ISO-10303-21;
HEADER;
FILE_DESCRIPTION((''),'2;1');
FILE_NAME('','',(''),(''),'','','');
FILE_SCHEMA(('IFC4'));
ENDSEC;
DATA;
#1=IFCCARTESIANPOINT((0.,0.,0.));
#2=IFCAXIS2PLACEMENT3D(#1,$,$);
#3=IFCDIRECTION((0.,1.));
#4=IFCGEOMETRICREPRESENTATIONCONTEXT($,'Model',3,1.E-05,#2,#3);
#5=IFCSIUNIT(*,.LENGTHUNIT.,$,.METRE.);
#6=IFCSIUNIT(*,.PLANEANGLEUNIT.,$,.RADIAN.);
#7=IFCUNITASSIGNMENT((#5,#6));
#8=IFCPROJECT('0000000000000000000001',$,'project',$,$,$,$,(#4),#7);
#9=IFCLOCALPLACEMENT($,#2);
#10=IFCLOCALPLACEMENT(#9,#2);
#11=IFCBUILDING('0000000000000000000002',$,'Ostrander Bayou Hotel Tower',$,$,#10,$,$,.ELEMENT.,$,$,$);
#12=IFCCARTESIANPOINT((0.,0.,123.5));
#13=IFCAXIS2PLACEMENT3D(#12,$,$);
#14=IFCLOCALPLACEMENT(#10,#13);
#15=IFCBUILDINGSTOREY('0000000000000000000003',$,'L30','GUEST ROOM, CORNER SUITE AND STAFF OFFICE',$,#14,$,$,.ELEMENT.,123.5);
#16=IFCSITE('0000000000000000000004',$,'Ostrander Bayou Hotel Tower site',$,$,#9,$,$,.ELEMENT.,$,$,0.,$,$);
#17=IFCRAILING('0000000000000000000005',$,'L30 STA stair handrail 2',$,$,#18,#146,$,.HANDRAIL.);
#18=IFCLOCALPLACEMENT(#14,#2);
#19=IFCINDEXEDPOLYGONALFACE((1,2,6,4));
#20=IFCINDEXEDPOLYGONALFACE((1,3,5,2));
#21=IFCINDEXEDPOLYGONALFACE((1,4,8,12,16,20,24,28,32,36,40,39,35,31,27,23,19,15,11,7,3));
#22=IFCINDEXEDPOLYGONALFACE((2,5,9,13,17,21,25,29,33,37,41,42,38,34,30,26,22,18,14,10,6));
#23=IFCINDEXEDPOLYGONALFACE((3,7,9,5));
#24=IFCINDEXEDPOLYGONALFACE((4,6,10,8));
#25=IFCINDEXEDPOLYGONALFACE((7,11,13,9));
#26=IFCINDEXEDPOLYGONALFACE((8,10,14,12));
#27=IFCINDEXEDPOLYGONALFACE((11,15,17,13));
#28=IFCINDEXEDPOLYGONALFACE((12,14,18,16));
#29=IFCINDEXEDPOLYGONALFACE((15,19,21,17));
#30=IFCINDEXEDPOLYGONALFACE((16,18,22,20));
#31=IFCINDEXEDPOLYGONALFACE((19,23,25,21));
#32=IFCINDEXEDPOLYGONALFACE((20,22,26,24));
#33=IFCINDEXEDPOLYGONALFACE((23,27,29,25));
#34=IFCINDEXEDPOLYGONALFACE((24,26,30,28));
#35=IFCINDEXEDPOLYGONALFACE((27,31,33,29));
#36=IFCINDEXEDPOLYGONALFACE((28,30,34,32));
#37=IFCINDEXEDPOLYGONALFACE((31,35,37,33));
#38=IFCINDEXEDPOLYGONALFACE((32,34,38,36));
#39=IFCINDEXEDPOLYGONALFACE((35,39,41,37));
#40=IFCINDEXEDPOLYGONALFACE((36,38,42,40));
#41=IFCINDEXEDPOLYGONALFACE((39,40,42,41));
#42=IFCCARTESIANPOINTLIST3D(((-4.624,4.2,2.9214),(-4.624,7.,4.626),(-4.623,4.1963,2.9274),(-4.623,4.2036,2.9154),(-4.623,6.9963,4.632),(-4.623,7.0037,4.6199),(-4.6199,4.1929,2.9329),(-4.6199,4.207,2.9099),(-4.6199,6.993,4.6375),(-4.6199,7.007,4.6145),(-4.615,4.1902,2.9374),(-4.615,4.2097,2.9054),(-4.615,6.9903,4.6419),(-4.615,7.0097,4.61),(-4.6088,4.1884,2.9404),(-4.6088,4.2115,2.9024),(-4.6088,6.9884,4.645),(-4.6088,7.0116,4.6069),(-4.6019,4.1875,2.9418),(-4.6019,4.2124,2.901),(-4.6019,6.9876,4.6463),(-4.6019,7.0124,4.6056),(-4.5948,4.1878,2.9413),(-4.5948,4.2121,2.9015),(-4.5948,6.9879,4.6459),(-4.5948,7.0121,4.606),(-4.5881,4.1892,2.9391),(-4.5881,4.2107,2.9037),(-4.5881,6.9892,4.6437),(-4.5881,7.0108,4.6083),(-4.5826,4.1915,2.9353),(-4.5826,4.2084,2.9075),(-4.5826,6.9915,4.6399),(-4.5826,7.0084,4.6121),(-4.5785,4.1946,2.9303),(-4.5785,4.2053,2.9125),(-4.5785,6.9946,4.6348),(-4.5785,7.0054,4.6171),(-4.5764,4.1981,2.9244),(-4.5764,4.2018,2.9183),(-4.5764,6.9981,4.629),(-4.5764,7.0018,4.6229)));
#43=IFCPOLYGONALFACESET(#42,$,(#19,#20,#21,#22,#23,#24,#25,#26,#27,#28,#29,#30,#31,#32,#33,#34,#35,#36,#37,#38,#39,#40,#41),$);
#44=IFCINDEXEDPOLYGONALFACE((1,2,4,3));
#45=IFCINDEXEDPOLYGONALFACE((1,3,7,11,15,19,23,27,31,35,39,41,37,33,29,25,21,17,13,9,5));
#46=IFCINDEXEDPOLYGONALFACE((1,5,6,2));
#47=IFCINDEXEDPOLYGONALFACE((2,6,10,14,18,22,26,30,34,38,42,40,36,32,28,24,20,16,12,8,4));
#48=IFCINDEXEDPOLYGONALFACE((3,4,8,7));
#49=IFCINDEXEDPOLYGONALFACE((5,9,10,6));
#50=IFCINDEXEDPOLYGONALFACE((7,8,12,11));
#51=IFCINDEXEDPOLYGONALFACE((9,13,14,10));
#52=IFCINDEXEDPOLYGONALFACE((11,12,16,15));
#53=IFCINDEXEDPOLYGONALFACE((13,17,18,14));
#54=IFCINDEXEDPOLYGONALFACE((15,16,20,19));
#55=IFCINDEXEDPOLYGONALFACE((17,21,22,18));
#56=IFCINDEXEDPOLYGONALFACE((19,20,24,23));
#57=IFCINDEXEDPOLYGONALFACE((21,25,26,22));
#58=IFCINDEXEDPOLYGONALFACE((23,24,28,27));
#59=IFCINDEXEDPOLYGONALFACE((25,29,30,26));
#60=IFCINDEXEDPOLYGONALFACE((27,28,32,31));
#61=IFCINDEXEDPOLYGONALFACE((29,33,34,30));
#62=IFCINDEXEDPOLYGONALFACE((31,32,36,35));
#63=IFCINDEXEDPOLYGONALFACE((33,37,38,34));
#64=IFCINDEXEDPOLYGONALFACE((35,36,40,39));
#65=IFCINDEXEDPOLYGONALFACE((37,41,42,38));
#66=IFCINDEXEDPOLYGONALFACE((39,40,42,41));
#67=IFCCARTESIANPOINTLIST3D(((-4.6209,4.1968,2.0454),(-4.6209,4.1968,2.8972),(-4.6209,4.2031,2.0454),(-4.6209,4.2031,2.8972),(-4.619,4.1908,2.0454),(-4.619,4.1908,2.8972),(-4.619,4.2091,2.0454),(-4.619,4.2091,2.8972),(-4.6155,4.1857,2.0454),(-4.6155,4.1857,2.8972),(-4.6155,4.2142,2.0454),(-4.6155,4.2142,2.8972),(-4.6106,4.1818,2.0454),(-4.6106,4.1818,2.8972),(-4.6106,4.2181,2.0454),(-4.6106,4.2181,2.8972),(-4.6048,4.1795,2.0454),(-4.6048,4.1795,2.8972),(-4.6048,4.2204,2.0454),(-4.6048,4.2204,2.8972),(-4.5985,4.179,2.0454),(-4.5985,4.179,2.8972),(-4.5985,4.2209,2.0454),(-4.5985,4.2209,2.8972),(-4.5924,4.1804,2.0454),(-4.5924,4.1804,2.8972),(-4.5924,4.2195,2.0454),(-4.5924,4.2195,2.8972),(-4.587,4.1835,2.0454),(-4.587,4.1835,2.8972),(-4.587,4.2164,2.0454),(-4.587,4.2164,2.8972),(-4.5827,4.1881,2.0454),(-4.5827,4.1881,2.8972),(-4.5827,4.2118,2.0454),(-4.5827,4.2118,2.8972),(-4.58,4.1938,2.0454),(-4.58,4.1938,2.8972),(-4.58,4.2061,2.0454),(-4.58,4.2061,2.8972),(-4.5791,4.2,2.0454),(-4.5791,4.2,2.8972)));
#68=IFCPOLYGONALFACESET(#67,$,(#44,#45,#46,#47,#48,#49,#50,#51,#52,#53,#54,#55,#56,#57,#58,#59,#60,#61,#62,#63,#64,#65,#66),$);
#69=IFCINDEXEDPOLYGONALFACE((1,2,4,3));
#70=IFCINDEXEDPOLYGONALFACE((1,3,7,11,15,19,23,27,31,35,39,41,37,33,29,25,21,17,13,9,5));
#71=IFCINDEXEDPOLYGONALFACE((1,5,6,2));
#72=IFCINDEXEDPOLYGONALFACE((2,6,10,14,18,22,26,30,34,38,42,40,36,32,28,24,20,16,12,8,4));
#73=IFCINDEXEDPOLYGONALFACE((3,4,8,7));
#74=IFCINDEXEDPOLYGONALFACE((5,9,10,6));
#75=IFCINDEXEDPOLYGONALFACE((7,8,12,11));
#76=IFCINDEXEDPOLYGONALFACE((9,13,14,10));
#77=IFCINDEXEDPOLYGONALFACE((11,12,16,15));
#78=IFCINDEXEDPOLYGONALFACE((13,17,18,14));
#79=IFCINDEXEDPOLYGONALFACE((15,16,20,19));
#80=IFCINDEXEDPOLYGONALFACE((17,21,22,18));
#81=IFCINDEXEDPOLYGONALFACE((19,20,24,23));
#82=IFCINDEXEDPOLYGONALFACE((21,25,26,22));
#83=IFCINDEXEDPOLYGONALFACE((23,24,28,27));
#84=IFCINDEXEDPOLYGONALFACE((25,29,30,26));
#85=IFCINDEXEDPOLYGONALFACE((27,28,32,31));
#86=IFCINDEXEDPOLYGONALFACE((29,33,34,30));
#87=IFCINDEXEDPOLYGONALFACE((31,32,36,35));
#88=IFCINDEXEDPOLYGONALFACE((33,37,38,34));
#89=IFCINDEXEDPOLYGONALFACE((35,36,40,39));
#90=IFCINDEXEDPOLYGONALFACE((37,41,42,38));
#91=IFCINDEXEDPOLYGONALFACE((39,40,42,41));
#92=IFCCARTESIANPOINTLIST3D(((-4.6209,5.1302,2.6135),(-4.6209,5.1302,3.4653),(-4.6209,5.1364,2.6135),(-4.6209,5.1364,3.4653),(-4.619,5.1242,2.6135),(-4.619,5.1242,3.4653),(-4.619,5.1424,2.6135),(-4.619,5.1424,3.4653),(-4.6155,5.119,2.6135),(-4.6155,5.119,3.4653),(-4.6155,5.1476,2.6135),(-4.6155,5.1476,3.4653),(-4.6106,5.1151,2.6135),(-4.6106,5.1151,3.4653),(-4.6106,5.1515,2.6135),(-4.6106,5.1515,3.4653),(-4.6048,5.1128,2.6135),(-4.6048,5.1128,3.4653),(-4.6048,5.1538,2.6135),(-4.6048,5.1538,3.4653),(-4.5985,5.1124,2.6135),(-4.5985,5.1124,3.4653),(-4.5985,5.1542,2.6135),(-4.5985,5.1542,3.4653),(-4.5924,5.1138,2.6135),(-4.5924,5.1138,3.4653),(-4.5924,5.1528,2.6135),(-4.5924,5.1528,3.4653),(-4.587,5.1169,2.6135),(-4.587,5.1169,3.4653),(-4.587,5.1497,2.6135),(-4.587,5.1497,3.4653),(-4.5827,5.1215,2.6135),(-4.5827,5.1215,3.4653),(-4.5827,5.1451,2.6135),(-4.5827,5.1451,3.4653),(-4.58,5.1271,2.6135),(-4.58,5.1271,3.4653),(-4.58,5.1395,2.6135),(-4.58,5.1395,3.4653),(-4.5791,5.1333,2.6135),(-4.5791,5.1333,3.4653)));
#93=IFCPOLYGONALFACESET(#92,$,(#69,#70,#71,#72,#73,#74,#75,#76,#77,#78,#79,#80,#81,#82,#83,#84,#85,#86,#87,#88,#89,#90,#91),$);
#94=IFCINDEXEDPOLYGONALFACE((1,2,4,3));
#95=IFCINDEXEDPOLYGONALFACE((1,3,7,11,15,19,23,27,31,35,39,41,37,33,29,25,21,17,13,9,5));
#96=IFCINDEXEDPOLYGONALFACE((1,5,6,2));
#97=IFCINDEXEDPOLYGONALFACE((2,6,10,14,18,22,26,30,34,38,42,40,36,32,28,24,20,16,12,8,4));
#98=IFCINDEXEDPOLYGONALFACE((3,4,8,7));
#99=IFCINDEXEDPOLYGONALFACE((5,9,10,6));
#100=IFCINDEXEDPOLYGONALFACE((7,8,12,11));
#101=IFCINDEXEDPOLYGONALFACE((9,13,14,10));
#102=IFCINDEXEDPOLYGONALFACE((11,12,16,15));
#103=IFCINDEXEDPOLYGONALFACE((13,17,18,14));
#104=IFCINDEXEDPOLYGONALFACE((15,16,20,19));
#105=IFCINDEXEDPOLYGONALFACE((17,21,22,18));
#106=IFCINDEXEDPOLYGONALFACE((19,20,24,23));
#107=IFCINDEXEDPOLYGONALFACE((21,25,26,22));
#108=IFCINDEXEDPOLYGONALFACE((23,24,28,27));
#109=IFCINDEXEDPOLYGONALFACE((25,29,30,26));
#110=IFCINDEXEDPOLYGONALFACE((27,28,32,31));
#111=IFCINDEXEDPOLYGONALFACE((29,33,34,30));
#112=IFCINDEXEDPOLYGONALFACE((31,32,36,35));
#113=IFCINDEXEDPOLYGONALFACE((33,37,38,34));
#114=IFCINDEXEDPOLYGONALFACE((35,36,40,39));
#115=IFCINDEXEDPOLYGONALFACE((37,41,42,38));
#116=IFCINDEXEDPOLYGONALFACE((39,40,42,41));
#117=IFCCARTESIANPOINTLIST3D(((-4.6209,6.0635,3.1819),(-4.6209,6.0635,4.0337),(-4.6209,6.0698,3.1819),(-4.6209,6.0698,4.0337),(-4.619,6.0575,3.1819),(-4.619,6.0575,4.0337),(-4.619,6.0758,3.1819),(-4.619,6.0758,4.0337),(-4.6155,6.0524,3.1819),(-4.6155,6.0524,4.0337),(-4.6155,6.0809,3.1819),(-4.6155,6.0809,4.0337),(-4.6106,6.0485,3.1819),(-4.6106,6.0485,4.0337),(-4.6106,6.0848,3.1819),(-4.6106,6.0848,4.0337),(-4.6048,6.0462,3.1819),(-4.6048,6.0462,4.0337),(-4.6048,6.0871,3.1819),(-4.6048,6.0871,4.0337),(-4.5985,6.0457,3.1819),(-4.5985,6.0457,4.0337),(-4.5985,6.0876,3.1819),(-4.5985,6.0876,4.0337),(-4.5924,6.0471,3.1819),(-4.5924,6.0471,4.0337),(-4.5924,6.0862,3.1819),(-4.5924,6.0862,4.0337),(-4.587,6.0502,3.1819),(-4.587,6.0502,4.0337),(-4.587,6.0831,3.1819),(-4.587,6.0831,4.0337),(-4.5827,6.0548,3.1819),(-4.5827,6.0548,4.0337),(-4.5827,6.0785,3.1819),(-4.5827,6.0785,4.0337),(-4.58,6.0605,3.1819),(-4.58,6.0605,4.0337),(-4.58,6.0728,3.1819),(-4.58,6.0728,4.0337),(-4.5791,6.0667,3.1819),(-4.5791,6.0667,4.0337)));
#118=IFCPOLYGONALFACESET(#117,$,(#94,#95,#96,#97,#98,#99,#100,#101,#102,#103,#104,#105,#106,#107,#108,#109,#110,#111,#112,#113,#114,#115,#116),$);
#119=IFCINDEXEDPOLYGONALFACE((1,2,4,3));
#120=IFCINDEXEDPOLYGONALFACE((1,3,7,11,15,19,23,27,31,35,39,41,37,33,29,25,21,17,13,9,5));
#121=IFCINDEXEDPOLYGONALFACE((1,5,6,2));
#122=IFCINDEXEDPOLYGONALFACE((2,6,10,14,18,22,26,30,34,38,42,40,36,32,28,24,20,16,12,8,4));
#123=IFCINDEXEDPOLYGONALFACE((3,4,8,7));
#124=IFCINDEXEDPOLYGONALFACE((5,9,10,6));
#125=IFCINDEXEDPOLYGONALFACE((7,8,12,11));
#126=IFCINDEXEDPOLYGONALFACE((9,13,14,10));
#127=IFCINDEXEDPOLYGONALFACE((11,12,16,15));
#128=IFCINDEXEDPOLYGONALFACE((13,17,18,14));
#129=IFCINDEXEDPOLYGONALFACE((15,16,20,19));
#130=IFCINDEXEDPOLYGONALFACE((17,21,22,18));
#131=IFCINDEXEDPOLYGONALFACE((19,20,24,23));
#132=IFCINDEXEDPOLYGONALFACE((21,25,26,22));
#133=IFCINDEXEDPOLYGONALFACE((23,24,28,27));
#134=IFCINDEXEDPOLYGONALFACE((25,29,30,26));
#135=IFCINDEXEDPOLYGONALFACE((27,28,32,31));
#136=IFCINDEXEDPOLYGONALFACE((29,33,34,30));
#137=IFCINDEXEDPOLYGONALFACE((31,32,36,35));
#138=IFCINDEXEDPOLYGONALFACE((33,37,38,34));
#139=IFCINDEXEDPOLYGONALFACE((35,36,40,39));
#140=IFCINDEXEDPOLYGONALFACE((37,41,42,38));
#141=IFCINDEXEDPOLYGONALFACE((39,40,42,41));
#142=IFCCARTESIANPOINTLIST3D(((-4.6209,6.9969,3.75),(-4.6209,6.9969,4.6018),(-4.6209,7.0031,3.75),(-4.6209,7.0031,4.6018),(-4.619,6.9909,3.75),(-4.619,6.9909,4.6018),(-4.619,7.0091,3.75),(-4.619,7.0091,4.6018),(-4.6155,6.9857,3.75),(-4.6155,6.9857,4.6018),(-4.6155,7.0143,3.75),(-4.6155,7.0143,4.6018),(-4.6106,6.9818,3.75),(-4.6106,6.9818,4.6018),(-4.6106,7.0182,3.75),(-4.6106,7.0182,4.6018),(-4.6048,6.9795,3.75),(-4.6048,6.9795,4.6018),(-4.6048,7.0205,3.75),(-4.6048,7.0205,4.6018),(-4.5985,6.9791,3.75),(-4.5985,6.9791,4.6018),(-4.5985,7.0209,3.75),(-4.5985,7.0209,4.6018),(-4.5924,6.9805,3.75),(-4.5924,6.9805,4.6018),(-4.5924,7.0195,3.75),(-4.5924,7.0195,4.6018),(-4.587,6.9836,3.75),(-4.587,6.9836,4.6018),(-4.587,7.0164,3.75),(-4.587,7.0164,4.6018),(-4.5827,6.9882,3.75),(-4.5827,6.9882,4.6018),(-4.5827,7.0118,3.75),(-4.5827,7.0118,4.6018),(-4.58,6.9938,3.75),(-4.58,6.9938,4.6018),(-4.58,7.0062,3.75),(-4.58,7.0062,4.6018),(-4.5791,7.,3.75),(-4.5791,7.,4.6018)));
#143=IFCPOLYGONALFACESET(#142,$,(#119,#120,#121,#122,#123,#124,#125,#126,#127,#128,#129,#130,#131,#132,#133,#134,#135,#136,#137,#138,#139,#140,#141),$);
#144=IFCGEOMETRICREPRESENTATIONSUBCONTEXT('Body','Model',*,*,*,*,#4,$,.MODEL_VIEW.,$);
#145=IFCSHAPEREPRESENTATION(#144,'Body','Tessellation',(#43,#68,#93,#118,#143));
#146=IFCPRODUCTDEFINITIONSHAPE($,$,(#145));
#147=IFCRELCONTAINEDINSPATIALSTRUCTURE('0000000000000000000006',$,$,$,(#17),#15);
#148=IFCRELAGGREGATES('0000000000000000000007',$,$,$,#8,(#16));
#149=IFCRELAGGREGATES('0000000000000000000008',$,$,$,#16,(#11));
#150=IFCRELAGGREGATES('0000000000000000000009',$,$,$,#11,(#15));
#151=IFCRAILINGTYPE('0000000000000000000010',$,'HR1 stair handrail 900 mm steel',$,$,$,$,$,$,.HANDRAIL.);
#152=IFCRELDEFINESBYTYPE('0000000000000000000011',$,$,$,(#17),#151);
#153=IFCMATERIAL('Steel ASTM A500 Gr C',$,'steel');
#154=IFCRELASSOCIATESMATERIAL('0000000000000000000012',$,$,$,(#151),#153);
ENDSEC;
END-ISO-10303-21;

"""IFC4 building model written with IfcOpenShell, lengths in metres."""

from ifc_helpers import new_model, si_unit, direction, frame, origin, origin_2d, place, context, subcontext, project, spatial, circle, extrude, material, type_object, element, save


model = new_model("IFC4")

# Units and contexts
model_context = context("Model", 3, precision=1e-05, world=origin(), true_north=direction((0.0, 1.0)))
body_context = subcontext(model_context, "Body", "Model", "MODEL_VIEW")
ifc_project = project(units=[si_unit("LENGTHUNIT", "METRE"), si_unit("PLANEANGLEUNIT", "RADIAN")], contexts=[model_context])

# Site, building, storey
site_placement = place(None, origin())
site = spatial("IfcSite", under=ifc_project, at=site_placement, Name="Ostrander Bayou Hotel Tower site", CompositionType="ELEMENT", RefElevation=0.0)
building_placement = place(site_placement, origin())
building = spatial("IfcBuilding", under=site, at=building_placement, Name="Ostrander Bayou Hotel Tower", CompositionType="ELEMENT")
storey_placement = place(building_placement, frame((0.0, 0.0, 123.5)))
storey = spatial("IfcBuildingStorey", under=building, at=storey_placement, Name="L30", Description="GUEST ROOM, CORNER SUITE AND STAFF OFFICE", CompositionType="ELEMENT", Elevation=123.5)

# Railing
ifc_material_1 = material(Name="Steel ASTM A500 Gr C", Category="steel")
railing_type_1 = type_object("IfcRailingType", Name="HR1 stair handrail 900 mm steel", PredefinedType="HANDRAIL", material=ifc_material_1)
railing_1_placement = place(storey_placement, frame((-4.6001, 4.2, 2.0454)))
element("IfcRailing", 1, at=railing_1_placement, inside=storey, type_object=railing_type_1, Name="L30 STA stair handrail 2", PredefinedType="HANDRAIL", context=body_context, shape_type="SweptSolid", body=[
    extrude(circle(Radius=0.0239, at=origin_2d()), frame((0.0, 0.0, 0.876), z_axis=(0.0, 0.85417, 0.519994), x_axis=(-1.0, 0.0, 0.0)), (0.0, 0.0, 1.0), 3.2781),
    extrude(circle(Radius=0.021, at=origin_2d()), origin(), (0.0, 0.0, 1.0), 0.8518),
    extrude(circle(Radius=0.021, at=origin_2d()), frame((0.0, 0.9333, 0.5681)), (0.0, 0.0, 1.0), 0.8518),
    extrude(circle(Radius=0.021, at=origin_2d()), frame((0.0, 1.8667, 1.1365)), (0.0, 0.0, 1.0), 0.8518),
    extrude(circle(Radius=0.021, at=origin_2d()), frame((0.0, 2.8, 1.7046)), (0.0, 0.0, 1.0), 0.8518),
])

save(model, "model.ifc")
